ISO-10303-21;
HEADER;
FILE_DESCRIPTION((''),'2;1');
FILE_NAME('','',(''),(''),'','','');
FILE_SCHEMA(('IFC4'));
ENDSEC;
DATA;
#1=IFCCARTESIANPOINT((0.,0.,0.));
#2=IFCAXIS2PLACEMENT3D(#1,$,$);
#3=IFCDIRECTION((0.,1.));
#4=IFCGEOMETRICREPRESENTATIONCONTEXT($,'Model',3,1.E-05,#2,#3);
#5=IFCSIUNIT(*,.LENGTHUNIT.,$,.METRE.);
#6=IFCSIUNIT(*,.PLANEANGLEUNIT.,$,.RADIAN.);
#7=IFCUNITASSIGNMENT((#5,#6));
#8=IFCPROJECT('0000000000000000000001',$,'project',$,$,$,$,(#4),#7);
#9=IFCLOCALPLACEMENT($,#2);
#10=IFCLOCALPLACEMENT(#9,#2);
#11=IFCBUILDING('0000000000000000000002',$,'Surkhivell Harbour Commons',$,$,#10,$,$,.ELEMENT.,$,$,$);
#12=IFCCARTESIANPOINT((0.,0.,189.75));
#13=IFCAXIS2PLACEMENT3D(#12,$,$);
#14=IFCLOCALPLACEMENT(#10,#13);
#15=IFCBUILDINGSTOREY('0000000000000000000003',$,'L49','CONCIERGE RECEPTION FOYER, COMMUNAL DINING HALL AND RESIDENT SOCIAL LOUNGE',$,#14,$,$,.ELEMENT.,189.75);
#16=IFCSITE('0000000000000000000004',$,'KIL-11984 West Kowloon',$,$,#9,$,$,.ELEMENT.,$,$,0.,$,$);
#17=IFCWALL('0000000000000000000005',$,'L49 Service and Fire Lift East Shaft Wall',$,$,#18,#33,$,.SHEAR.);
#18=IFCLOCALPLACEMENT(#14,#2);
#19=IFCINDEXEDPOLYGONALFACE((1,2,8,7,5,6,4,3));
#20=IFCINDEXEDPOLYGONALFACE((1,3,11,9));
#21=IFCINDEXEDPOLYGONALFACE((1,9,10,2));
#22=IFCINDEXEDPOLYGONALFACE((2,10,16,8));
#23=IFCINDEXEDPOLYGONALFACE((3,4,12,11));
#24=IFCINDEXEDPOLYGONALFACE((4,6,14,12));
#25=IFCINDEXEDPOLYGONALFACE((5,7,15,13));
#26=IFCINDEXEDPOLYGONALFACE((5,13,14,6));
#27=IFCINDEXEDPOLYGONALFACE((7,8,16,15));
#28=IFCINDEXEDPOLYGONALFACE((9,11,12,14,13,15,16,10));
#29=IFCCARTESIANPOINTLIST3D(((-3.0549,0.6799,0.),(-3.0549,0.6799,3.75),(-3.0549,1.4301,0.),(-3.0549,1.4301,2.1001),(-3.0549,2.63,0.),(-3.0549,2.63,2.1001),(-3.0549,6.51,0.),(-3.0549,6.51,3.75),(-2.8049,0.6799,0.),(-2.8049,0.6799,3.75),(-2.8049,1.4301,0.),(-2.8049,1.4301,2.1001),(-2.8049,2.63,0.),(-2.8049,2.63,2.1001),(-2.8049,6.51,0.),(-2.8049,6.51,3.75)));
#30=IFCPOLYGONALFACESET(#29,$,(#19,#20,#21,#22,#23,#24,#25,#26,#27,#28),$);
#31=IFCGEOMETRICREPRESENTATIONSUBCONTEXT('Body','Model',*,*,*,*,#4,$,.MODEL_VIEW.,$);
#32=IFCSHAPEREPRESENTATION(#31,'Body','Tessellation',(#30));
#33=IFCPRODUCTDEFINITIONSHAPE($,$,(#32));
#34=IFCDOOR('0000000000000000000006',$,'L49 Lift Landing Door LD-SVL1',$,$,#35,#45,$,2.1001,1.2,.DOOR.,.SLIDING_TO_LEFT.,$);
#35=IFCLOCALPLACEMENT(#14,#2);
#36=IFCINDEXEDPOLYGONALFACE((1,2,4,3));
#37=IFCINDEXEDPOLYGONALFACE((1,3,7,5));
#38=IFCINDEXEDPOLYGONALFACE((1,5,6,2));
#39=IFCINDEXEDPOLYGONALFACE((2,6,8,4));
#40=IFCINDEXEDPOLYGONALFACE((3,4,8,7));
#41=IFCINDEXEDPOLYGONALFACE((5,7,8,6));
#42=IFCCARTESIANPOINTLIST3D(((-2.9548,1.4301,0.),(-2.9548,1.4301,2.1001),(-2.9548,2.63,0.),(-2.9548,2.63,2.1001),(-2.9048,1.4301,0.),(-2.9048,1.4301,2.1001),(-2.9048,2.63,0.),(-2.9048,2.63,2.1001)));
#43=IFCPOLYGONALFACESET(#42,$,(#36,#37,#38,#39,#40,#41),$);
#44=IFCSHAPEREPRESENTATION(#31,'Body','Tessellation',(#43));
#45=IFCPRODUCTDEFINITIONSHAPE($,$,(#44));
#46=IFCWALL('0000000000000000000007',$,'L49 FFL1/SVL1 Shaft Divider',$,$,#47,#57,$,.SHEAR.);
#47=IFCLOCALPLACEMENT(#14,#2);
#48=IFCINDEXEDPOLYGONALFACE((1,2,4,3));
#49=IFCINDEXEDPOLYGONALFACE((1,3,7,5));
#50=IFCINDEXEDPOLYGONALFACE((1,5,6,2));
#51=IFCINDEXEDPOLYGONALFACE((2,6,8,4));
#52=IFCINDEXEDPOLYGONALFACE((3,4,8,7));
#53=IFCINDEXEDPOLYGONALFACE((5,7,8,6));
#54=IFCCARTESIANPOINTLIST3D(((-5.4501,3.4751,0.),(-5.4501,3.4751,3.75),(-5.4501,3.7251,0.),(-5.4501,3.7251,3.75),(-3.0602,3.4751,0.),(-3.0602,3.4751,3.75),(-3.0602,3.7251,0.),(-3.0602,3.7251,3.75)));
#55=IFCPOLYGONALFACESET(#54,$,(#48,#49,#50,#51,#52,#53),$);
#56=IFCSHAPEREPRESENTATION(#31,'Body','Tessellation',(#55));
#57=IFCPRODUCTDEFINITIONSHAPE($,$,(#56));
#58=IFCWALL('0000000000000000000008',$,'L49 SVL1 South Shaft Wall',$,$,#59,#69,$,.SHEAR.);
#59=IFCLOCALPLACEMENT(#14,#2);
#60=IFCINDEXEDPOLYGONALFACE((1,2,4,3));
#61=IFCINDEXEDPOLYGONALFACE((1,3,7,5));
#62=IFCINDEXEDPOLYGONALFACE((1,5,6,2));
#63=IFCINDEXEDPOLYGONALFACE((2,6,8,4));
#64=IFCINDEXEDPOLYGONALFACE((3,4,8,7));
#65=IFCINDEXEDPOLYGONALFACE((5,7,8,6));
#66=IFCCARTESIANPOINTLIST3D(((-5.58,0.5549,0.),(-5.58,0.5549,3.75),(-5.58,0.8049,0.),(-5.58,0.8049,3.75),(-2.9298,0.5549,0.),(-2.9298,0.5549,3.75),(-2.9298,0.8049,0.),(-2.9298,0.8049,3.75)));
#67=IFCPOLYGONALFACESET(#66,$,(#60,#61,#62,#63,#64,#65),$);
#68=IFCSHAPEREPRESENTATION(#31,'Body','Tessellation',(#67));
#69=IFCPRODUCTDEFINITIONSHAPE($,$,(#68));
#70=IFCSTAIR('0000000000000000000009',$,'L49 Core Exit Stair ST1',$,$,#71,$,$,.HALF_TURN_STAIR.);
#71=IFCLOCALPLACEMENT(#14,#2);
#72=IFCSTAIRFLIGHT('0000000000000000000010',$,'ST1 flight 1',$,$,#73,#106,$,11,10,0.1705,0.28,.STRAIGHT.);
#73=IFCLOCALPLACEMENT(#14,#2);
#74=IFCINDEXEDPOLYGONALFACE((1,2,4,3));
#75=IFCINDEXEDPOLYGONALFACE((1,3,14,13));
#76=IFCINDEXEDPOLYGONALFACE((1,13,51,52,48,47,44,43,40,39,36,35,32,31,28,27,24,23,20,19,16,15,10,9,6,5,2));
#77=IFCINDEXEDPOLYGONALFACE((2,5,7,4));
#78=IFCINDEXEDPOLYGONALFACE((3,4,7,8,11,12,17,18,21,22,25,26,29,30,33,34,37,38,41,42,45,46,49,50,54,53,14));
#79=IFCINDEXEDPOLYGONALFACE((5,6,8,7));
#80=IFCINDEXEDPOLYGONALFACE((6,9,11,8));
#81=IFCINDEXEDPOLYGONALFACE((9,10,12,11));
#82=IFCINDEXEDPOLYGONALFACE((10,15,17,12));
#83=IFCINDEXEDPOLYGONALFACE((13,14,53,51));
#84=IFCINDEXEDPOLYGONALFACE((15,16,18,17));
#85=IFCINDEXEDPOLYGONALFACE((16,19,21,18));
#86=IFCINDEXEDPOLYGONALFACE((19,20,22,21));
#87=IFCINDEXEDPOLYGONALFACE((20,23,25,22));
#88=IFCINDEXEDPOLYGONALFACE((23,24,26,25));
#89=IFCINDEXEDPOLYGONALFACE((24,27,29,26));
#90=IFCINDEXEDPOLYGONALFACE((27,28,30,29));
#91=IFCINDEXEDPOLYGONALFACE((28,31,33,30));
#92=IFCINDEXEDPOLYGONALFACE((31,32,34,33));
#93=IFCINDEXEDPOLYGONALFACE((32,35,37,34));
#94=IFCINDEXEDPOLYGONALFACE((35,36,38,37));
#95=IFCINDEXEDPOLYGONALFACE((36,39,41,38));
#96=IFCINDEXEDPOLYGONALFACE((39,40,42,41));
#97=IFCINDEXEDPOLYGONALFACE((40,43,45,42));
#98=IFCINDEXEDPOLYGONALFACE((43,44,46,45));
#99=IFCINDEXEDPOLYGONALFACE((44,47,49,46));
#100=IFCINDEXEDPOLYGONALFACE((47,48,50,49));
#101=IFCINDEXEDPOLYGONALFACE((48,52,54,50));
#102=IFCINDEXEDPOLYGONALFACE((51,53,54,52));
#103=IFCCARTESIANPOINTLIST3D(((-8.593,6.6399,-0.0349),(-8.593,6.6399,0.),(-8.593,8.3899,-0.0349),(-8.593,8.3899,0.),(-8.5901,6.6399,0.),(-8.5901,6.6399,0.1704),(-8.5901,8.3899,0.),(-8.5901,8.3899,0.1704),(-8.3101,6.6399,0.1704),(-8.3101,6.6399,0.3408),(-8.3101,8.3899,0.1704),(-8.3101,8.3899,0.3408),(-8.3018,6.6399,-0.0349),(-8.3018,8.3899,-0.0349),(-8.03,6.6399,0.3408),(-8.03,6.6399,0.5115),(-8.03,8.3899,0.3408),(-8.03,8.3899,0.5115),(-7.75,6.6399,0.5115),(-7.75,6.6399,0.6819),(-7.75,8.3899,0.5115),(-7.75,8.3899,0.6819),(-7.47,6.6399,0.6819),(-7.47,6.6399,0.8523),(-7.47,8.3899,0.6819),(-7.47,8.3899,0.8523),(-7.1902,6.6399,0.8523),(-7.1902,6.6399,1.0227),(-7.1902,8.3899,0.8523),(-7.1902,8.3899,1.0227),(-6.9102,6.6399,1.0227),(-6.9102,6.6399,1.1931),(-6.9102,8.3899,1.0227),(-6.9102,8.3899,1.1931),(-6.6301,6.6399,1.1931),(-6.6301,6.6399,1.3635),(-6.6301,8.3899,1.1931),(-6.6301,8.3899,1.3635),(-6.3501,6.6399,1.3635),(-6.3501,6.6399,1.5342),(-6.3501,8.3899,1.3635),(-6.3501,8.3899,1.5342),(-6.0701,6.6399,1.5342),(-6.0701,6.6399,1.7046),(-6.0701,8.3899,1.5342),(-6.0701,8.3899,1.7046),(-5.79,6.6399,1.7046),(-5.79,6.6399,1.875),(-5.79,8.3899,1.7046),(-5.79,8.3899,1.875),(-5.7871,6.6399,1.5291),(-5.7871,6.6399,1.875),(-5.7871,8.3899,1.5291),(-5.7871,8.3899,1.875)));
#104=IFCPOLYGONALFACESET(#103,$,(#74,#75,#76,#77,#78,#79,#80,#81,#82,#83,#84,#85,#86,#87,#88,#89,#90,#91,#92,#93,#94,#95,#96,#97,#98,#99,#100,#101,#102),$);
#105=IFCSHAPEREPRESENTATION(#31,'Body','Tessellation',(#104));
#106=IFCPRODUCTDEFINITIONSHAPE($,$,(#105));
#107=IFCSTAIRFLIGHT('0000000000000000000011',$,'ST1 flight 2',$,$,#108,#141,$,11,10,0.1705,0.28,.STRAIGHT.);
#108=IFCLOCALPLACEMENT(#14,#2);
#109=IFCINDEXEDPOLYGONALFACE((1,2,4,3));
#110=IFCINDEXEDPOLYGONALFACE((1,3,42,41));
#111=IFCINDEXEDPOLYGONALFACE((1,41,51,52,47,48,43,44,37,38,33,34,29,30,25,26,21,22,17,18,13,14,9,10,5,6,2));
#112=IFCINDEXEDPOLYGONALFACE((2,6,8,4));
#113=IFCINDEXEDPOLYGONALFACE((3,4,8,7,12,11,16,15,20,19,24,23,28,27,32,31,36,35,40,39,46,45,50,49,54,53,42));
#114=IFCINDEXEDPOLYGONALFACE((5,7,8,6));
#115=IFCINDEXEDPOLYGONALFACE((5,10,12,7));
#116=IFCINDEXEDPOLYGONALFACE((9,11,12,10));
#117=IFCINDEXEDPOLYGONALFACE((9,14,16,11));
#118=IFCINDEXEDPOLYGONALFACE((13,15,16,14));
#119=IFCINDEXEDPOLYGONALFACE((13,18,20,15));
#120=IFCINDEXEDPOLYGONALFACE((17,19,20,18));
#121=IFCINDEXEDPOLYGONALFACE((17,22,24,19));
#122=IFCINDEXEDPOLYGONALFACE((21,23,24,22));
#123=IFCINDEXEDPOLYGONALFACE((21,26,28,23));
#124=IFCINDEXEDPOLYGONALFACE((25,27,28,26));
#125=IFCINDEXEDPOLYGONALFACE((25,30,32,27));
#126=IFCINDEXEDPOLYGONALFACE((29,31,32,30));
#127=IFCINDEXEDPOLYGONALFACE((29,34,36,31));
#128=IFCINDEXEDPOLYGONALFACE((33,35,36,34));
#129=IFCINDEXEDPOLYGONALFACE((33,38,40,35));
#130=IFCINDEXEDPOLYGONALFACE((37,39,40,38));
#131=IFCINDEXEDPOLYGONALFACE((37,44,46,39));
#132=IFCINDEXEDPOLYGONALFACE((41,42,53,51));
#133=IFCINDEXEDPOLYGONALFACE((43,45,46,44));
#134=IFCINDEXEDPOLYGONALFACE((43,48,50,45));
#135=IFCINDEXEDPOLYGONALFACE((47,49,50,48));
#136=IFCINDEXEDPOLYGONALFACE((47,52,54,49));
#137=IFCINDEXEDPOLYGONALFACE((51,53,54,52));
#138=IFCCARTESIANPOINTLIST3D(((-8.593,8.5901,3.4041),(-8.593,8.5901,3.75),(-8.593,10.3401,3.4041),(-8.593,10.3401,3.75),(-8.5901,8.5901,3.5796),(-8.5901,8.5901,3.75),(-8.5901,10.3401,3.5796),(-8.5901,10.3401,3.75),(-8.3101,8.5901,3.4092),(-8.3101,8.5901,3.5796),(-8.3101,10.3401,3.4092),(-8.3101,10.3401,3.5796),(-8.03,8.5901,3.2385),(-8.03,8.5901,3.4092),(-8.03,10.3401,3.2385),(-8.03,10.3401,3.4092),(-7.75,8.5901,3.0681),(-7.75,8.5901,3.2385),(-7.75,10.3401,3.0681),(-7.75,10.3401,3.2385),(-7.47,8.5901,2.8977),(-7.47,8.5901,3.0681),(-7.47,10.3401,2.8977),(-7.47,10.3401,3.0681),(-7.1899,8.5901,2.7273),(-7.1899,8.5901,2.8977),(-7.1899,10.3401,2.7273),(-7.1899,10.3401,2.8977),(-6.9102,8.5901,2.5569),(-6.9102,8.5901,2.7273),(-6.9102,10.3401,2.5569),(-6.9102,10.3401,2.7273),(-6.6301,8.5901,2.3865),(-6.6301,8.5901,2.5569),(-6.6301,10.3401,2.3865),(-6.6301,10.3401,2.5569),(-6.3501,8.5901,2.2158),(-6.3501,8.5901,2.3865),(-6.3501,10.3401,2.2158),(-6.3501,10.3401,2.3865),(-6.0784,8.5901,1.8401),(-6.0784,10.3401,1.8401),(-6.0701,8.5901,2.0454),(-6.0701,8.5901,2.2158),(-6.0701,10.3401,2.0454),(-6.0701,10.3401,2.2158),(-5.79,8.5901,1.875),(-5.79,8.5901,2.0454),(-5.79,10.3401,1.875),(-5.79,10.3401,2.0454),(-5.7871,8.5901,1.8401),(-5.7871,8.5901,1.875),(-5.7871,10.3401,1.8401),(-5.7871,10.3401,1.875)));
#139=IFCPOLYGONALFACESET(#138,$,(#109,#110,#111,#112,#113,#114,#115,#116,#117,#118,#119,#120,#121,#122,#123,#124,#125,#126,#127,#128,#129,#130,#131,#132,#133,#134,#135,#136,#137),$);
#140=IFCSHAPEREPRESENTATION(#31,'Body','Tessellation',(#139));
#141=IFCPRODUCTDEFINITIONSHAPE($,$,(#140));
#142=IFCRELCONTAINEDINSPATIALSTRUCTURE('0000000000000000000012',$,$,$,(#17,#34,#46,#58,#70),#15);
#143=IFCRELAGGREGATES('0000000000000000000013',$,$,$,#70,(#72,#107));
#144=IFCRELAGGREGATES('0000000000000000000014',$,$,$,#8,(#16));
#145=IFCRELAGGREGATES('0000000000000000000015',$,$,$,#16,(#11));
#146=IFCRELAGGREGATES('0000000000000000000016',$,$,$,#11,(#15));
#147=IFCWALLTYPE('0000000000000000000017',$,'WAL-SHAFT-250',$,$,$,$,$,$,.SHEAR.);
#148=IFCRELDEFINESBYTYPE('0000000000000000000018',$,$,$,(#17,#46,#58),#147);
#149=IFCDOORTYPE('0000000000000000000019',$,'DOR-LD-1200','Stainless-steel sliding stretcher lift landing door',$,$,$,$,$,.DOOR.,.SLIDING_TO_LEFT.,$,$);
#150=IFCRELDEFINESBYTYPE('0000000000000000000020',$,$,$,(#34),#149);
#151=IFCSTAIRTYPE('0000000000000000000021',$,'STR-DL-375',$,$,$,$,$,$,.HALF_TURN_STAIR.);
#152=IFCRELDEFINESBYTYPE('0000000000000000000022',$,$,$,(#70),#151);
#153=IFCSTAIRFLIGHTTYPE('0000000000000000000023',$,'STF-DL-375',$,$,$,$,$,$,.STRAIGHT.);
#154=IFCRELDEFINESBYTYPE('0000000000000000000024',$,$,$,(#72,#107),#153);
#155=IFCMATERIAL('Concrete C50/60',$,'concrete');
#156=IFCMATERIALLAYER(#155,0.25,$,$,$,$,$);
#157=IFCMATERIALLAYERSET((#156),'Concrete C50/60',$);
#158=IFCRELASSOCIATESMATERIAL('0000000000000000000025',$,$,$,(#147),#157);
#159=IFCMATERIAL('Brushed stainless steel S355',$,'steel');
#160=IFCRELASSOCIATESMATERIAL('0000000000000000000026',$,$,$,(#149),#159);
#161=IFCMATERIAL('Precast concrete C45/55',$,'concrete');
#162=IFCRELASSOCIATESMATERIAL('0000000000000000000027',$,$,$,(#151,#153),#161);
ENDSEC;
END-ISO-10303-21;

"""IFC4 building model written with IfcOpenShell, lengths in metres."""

from ifc_helpers import new_model, si_unit, direction, frame, frame_2d, origin, place, context, subcontext, project, spatial, polyline, rectangle, outline, extrude, material, layer, layer_set, type_object, element, fill, aggregate, save


model = new_model("IFC4")

# Units and contexts
model_context = context("Model", 3, precision=1e-05, world=origin(), true_north=direction((0.0, 1.0)))
body_context = subcontext(model_context, "Body", "Model", "MODEL_VIEW")
ifc_project = project(units=[si_unit("LENGTHUNIT", "METRE"), si_unit("PLANEANGLEUNIT", "RADIAN")], contexts=[model_context])

# Site, building, storey
site_placement = place(None, origin())
site = spatial("IfcSite", under=ifc_project, at=site_placement, Name="KIL-11984 West Kowloon", CompositionType="ELEMENT", RefElevation=0.0)
building_placement = place(site_placement, origin())
building = spatial("IfcBuilding", under=site, at=building_placement, Name="Surkhivell Harbour Commons", CompositionType="ELEMENT")
storey_placement = place(building_placement, frame((0.0, 0.0, 189.75)))
storey = spatial("IfcBuildingStorey", under=building, at=storey_placement, Name="L49", Description="CONCIERGE RECEPTION FOYER, COMMUNAL DINING HALL AND RESIDENT SOCIAL LOUNGE", CompositionType="ELEMENT", Elevation=189.75)

# Shared definitions
ifc_material_1 = material(Name="Concrete C50/60", Category="concrete")
ifc_layer_1 = layer(ifc_material_1, 0.25)
ifc_layer_set_1 = layer_set([ifc_layer_1], Name="Concrete C50/60")
wall_type_1 = type_object("IfcWallType", Name="WAL-SHAFT-250", PredefinedType="SHEAR", material=ifc_layer_set_1)
ifc_material_2 = material(Name="Brushed stainless steel S355", Category="steel")

# Wall, opening, door
wall_1_placement = place(storey_placement, frame((-2.9299, 0.6799, 0.0), z_axis=(0.0, 0.0, 1.0), x_axis=(0.0, 1.0, 0.0)))
wall_1 = element("IfcWall", 1, at=wall_1_placement, inside=storey, type_object=wall_type_1, Name="L49 Service and Fire Lift East Shaft Wall", PredefinedType="SHEAR", context=body_context, shape_type="SweptSolid", body=[
    extrude(rectangle(XDim=5.8301, YDim=0.25, at=frame_2d((2.915, 0.0))), origin(), (0.0, 0.0, 1.0), 3.75),
])
opening_1_placement = place(wall_1_placement, frame((0.75, 0.0, 0.0)))
opening_1 = element("IfcOpeningElement", 2, at=opening_1_placement, cuts=wall_1, PredefinedType="OPENING", context=body_context, shape_type="SweptSolid", body=[
    extrude(rectangle(XDim=1.2, YDim=2.1001, at=frame_2d((0.6001, 1.05))), frame((0.0, 0.135, 0.0), z_axis=(0.0, -1.0, 0.0), x_axis=(1.0, 0.0, 0.0)), (0.0, 0.0, 1.0), 0.27),
])
door_type_1 = type_object("IfcDoorType", Name="DOR-LD-1200", Description="Stainless-steel sliding stretcher lift landing door", OperationType="SLIDING_TO_LEFT", PredefinedType="DOOR", material=ifc_material_2)
door_1_placement = place(opening_1_placement, origin())
door_1 = element("IfcDoor", 3, at=door_1_placement, inside=storey, type_object=door_type_1, Name="L49 Lift Landing Door LD-SVL1", OperationType="SLIDING_TO_LEFT", OverallHeight=2.1001, OverallWidth=1.2, PredefinedType="DOOR", context=body_context, shape_type="SweptSolid", body=[
    extrude(rectangle(XDim=1.2, YDim=2.1001, at=frame_2d((0.6001, 1.05))), frame((0.0, 0.0249, 0.0), z_axis=(0.0, -1.0, 0.0), x_axis=(1.0, 0.0, 0.0)), (0.0, 0.0, 1.0), 0.05),
])
fill(opening_1, door_1)

# Walls
wall_2_placement = place(storey_placement, frame((-5.45, 3.6001, 0.0), z_axis=(0.0, 0.0, 1.0), x_axis=(1.0, 0.0, 0.0)))
element("IfcWall", 4, at=wall_2_placement, inside=storey, type_object=wall_type_1, Name="L49 FFL1/SVL1 Shaft Divider", PredefinedType="SHEAR", context=body_context, shape_type="SweptSolid", body=[
    extrude(rectangle(XDim=2.3899, YDim=0.25, at=frame_2d((1.1948, 0.0))), origin(), (0.0, 0.0, 1.0), 3.75),
])
wall_3_placement = place(storey_placement, frame((-5.5801, 0.6799, 0.0), z_axis=(0.0, 0.0, 1.0), x_axis=(1.0, 0.0, 0.0)))
element("IfcWall", 5, at=wall_3_placement, inside=storey, type_object=wall_type_1, Name="L49 SVL1 South Shaft Wall", PredefinedType="SHEAR", context=body_context, shape_type="SweptSolid", body=[
    extrude(rectangle(XDim=2.6501, YDim=0.25, at=frame_2d((1.3252, 0.0))), origin(), (0.0, 0.0, 1.0), 3.75),
])

# Stair, stair flights
ifc_material_3 = material(Name="Precast concrete C45/55", Category="concrete")
stair_type = type_object("IfcStairType", Name="STR-DL-375", PredefinedType="HALF_TURN_STAIR", material=ifc_material_3)
stair_placement = place(storey_placement, origin())
stair = element("IfcStair", 6, at=stair_placement, inside=storey, type_object=stair_type, Name="L49 Core Exit Stair ST1", PredefinedType="HALF_TURN_STAIR")
stair_flight_type = type_object("IfcStairFlightType", Name="STF-DL-375", PredefinedType="STRAIGHT", material=ifc_material_3)
stair_flight_1_placement = place(storey_placement, frame((-8.5901, 7.5149, 0.0), z_axis=(0.0, 0.0, 1.0), x_axis=(1.0, 0.0, 0.0)))
stair_flight_1 = element("IfcStairFlight", 7, at=stair_flight_1_placement, type_object=stair_flight_type, Name="ST1 flight 1", NumberOfRisers=11, NumberOfTreads=10, PredefinedType="STRAIGHT", RiserHeight=0.1705, TreadLength=0.28, context=body_context, shape_type="SweptSolid", body=[
    extrude(outline(polyline([(-0.0029, -0.0349), (-0.0029, 0.0), (0.0, 0.0), (0.0, 0.1704), (0.28, 0.1704), (0.28, 0.3408), (0.5601, 0.3408), (0.5601, 0.5115), (0.8401, 0.5115), (0.8401, 0.6819), (1.1201, 0.6819), (1.1201, 0.8523), (1.3999, 0.8523), (1.3999, 1.0227), (1.6799, 1.0227), (1.6799, 1.1931), (1.96, 1.1931), (1.96, 1.3635), (2.24, 1.3635), (2.24, 1.5342), (2.52, 1.5342), (2.52, 1.7046), (2.8, 1.7046), (2.8, 1.875), (2.803, 1.875), (2.803, 1.5291), (0.2883, -0.0349), (-0.0029, -0.0349)])), frame((0.0, 0.875, 0.0), z_axis=(0.0, -1.0, 0.0), x_axis=(1.0, 0.0, 0.0)), (0.0, 0.0, 1.0), 1.75),
])
stair_flight_2_placement = place(storey_placement, frame((-5.79, 9.4651, 1.875), z_axis=(0.0, 0.0, 1.0), x_axis=(-1.0, 0.0, 0.0)))
stair_flight_2 = element("IfcStairFlight", 8, at=stair_flight_2_placement, type_object=stair_flight_type, Name="ST1 flight 2", NumberOfRisers=11, NumberOfTreads=10, PredefinedType="STRAIGHT", RiserHeight=0.1705, TreadLength=0.28, context=body_context, shape_type="SweptSolid", body=[
    extrude(outline(polyline([(-0.0029, -0.0349), (-0.0029, 0.0), (0.0, 0.0), (0.0, 0.1704), (0.28, 0.1704), (0.28, 0.3408), (0.5601, 0.3408), (0.5601, 0.5115), (0.8401, 0.5115), (0.8401, 0.6819), (1.1201, 0.6819), (1.1201, 0.8523), (1.3999, 0.8523), (1.3999, 1.0227), (1.6799, 1.0227), (1.6799, 1.1931), (1.96, 1.1931), (1.96, 1.3635), (2.24, 1.3635), (2.24, 1.5342), (2.52, 1.5342), (2.52, 1.7046), (2.8, 1.7046), (2.8, 1.875), (2.803, 1.875), (2.803, 1.5291), (0.2883, -0.0349), (-0.0029, -0.0349)])), frame((0.0, 0.875, 0.0), z_axis=(0.0, -1.0, 0.0), x_axis=(1.0, 0.0, 0.0)), (0.0, 0.0, 1.0), 1.75),
])
aggregate(stair, [stair_flight_1, stair_flight_2])

save(model, "model.ifc")
